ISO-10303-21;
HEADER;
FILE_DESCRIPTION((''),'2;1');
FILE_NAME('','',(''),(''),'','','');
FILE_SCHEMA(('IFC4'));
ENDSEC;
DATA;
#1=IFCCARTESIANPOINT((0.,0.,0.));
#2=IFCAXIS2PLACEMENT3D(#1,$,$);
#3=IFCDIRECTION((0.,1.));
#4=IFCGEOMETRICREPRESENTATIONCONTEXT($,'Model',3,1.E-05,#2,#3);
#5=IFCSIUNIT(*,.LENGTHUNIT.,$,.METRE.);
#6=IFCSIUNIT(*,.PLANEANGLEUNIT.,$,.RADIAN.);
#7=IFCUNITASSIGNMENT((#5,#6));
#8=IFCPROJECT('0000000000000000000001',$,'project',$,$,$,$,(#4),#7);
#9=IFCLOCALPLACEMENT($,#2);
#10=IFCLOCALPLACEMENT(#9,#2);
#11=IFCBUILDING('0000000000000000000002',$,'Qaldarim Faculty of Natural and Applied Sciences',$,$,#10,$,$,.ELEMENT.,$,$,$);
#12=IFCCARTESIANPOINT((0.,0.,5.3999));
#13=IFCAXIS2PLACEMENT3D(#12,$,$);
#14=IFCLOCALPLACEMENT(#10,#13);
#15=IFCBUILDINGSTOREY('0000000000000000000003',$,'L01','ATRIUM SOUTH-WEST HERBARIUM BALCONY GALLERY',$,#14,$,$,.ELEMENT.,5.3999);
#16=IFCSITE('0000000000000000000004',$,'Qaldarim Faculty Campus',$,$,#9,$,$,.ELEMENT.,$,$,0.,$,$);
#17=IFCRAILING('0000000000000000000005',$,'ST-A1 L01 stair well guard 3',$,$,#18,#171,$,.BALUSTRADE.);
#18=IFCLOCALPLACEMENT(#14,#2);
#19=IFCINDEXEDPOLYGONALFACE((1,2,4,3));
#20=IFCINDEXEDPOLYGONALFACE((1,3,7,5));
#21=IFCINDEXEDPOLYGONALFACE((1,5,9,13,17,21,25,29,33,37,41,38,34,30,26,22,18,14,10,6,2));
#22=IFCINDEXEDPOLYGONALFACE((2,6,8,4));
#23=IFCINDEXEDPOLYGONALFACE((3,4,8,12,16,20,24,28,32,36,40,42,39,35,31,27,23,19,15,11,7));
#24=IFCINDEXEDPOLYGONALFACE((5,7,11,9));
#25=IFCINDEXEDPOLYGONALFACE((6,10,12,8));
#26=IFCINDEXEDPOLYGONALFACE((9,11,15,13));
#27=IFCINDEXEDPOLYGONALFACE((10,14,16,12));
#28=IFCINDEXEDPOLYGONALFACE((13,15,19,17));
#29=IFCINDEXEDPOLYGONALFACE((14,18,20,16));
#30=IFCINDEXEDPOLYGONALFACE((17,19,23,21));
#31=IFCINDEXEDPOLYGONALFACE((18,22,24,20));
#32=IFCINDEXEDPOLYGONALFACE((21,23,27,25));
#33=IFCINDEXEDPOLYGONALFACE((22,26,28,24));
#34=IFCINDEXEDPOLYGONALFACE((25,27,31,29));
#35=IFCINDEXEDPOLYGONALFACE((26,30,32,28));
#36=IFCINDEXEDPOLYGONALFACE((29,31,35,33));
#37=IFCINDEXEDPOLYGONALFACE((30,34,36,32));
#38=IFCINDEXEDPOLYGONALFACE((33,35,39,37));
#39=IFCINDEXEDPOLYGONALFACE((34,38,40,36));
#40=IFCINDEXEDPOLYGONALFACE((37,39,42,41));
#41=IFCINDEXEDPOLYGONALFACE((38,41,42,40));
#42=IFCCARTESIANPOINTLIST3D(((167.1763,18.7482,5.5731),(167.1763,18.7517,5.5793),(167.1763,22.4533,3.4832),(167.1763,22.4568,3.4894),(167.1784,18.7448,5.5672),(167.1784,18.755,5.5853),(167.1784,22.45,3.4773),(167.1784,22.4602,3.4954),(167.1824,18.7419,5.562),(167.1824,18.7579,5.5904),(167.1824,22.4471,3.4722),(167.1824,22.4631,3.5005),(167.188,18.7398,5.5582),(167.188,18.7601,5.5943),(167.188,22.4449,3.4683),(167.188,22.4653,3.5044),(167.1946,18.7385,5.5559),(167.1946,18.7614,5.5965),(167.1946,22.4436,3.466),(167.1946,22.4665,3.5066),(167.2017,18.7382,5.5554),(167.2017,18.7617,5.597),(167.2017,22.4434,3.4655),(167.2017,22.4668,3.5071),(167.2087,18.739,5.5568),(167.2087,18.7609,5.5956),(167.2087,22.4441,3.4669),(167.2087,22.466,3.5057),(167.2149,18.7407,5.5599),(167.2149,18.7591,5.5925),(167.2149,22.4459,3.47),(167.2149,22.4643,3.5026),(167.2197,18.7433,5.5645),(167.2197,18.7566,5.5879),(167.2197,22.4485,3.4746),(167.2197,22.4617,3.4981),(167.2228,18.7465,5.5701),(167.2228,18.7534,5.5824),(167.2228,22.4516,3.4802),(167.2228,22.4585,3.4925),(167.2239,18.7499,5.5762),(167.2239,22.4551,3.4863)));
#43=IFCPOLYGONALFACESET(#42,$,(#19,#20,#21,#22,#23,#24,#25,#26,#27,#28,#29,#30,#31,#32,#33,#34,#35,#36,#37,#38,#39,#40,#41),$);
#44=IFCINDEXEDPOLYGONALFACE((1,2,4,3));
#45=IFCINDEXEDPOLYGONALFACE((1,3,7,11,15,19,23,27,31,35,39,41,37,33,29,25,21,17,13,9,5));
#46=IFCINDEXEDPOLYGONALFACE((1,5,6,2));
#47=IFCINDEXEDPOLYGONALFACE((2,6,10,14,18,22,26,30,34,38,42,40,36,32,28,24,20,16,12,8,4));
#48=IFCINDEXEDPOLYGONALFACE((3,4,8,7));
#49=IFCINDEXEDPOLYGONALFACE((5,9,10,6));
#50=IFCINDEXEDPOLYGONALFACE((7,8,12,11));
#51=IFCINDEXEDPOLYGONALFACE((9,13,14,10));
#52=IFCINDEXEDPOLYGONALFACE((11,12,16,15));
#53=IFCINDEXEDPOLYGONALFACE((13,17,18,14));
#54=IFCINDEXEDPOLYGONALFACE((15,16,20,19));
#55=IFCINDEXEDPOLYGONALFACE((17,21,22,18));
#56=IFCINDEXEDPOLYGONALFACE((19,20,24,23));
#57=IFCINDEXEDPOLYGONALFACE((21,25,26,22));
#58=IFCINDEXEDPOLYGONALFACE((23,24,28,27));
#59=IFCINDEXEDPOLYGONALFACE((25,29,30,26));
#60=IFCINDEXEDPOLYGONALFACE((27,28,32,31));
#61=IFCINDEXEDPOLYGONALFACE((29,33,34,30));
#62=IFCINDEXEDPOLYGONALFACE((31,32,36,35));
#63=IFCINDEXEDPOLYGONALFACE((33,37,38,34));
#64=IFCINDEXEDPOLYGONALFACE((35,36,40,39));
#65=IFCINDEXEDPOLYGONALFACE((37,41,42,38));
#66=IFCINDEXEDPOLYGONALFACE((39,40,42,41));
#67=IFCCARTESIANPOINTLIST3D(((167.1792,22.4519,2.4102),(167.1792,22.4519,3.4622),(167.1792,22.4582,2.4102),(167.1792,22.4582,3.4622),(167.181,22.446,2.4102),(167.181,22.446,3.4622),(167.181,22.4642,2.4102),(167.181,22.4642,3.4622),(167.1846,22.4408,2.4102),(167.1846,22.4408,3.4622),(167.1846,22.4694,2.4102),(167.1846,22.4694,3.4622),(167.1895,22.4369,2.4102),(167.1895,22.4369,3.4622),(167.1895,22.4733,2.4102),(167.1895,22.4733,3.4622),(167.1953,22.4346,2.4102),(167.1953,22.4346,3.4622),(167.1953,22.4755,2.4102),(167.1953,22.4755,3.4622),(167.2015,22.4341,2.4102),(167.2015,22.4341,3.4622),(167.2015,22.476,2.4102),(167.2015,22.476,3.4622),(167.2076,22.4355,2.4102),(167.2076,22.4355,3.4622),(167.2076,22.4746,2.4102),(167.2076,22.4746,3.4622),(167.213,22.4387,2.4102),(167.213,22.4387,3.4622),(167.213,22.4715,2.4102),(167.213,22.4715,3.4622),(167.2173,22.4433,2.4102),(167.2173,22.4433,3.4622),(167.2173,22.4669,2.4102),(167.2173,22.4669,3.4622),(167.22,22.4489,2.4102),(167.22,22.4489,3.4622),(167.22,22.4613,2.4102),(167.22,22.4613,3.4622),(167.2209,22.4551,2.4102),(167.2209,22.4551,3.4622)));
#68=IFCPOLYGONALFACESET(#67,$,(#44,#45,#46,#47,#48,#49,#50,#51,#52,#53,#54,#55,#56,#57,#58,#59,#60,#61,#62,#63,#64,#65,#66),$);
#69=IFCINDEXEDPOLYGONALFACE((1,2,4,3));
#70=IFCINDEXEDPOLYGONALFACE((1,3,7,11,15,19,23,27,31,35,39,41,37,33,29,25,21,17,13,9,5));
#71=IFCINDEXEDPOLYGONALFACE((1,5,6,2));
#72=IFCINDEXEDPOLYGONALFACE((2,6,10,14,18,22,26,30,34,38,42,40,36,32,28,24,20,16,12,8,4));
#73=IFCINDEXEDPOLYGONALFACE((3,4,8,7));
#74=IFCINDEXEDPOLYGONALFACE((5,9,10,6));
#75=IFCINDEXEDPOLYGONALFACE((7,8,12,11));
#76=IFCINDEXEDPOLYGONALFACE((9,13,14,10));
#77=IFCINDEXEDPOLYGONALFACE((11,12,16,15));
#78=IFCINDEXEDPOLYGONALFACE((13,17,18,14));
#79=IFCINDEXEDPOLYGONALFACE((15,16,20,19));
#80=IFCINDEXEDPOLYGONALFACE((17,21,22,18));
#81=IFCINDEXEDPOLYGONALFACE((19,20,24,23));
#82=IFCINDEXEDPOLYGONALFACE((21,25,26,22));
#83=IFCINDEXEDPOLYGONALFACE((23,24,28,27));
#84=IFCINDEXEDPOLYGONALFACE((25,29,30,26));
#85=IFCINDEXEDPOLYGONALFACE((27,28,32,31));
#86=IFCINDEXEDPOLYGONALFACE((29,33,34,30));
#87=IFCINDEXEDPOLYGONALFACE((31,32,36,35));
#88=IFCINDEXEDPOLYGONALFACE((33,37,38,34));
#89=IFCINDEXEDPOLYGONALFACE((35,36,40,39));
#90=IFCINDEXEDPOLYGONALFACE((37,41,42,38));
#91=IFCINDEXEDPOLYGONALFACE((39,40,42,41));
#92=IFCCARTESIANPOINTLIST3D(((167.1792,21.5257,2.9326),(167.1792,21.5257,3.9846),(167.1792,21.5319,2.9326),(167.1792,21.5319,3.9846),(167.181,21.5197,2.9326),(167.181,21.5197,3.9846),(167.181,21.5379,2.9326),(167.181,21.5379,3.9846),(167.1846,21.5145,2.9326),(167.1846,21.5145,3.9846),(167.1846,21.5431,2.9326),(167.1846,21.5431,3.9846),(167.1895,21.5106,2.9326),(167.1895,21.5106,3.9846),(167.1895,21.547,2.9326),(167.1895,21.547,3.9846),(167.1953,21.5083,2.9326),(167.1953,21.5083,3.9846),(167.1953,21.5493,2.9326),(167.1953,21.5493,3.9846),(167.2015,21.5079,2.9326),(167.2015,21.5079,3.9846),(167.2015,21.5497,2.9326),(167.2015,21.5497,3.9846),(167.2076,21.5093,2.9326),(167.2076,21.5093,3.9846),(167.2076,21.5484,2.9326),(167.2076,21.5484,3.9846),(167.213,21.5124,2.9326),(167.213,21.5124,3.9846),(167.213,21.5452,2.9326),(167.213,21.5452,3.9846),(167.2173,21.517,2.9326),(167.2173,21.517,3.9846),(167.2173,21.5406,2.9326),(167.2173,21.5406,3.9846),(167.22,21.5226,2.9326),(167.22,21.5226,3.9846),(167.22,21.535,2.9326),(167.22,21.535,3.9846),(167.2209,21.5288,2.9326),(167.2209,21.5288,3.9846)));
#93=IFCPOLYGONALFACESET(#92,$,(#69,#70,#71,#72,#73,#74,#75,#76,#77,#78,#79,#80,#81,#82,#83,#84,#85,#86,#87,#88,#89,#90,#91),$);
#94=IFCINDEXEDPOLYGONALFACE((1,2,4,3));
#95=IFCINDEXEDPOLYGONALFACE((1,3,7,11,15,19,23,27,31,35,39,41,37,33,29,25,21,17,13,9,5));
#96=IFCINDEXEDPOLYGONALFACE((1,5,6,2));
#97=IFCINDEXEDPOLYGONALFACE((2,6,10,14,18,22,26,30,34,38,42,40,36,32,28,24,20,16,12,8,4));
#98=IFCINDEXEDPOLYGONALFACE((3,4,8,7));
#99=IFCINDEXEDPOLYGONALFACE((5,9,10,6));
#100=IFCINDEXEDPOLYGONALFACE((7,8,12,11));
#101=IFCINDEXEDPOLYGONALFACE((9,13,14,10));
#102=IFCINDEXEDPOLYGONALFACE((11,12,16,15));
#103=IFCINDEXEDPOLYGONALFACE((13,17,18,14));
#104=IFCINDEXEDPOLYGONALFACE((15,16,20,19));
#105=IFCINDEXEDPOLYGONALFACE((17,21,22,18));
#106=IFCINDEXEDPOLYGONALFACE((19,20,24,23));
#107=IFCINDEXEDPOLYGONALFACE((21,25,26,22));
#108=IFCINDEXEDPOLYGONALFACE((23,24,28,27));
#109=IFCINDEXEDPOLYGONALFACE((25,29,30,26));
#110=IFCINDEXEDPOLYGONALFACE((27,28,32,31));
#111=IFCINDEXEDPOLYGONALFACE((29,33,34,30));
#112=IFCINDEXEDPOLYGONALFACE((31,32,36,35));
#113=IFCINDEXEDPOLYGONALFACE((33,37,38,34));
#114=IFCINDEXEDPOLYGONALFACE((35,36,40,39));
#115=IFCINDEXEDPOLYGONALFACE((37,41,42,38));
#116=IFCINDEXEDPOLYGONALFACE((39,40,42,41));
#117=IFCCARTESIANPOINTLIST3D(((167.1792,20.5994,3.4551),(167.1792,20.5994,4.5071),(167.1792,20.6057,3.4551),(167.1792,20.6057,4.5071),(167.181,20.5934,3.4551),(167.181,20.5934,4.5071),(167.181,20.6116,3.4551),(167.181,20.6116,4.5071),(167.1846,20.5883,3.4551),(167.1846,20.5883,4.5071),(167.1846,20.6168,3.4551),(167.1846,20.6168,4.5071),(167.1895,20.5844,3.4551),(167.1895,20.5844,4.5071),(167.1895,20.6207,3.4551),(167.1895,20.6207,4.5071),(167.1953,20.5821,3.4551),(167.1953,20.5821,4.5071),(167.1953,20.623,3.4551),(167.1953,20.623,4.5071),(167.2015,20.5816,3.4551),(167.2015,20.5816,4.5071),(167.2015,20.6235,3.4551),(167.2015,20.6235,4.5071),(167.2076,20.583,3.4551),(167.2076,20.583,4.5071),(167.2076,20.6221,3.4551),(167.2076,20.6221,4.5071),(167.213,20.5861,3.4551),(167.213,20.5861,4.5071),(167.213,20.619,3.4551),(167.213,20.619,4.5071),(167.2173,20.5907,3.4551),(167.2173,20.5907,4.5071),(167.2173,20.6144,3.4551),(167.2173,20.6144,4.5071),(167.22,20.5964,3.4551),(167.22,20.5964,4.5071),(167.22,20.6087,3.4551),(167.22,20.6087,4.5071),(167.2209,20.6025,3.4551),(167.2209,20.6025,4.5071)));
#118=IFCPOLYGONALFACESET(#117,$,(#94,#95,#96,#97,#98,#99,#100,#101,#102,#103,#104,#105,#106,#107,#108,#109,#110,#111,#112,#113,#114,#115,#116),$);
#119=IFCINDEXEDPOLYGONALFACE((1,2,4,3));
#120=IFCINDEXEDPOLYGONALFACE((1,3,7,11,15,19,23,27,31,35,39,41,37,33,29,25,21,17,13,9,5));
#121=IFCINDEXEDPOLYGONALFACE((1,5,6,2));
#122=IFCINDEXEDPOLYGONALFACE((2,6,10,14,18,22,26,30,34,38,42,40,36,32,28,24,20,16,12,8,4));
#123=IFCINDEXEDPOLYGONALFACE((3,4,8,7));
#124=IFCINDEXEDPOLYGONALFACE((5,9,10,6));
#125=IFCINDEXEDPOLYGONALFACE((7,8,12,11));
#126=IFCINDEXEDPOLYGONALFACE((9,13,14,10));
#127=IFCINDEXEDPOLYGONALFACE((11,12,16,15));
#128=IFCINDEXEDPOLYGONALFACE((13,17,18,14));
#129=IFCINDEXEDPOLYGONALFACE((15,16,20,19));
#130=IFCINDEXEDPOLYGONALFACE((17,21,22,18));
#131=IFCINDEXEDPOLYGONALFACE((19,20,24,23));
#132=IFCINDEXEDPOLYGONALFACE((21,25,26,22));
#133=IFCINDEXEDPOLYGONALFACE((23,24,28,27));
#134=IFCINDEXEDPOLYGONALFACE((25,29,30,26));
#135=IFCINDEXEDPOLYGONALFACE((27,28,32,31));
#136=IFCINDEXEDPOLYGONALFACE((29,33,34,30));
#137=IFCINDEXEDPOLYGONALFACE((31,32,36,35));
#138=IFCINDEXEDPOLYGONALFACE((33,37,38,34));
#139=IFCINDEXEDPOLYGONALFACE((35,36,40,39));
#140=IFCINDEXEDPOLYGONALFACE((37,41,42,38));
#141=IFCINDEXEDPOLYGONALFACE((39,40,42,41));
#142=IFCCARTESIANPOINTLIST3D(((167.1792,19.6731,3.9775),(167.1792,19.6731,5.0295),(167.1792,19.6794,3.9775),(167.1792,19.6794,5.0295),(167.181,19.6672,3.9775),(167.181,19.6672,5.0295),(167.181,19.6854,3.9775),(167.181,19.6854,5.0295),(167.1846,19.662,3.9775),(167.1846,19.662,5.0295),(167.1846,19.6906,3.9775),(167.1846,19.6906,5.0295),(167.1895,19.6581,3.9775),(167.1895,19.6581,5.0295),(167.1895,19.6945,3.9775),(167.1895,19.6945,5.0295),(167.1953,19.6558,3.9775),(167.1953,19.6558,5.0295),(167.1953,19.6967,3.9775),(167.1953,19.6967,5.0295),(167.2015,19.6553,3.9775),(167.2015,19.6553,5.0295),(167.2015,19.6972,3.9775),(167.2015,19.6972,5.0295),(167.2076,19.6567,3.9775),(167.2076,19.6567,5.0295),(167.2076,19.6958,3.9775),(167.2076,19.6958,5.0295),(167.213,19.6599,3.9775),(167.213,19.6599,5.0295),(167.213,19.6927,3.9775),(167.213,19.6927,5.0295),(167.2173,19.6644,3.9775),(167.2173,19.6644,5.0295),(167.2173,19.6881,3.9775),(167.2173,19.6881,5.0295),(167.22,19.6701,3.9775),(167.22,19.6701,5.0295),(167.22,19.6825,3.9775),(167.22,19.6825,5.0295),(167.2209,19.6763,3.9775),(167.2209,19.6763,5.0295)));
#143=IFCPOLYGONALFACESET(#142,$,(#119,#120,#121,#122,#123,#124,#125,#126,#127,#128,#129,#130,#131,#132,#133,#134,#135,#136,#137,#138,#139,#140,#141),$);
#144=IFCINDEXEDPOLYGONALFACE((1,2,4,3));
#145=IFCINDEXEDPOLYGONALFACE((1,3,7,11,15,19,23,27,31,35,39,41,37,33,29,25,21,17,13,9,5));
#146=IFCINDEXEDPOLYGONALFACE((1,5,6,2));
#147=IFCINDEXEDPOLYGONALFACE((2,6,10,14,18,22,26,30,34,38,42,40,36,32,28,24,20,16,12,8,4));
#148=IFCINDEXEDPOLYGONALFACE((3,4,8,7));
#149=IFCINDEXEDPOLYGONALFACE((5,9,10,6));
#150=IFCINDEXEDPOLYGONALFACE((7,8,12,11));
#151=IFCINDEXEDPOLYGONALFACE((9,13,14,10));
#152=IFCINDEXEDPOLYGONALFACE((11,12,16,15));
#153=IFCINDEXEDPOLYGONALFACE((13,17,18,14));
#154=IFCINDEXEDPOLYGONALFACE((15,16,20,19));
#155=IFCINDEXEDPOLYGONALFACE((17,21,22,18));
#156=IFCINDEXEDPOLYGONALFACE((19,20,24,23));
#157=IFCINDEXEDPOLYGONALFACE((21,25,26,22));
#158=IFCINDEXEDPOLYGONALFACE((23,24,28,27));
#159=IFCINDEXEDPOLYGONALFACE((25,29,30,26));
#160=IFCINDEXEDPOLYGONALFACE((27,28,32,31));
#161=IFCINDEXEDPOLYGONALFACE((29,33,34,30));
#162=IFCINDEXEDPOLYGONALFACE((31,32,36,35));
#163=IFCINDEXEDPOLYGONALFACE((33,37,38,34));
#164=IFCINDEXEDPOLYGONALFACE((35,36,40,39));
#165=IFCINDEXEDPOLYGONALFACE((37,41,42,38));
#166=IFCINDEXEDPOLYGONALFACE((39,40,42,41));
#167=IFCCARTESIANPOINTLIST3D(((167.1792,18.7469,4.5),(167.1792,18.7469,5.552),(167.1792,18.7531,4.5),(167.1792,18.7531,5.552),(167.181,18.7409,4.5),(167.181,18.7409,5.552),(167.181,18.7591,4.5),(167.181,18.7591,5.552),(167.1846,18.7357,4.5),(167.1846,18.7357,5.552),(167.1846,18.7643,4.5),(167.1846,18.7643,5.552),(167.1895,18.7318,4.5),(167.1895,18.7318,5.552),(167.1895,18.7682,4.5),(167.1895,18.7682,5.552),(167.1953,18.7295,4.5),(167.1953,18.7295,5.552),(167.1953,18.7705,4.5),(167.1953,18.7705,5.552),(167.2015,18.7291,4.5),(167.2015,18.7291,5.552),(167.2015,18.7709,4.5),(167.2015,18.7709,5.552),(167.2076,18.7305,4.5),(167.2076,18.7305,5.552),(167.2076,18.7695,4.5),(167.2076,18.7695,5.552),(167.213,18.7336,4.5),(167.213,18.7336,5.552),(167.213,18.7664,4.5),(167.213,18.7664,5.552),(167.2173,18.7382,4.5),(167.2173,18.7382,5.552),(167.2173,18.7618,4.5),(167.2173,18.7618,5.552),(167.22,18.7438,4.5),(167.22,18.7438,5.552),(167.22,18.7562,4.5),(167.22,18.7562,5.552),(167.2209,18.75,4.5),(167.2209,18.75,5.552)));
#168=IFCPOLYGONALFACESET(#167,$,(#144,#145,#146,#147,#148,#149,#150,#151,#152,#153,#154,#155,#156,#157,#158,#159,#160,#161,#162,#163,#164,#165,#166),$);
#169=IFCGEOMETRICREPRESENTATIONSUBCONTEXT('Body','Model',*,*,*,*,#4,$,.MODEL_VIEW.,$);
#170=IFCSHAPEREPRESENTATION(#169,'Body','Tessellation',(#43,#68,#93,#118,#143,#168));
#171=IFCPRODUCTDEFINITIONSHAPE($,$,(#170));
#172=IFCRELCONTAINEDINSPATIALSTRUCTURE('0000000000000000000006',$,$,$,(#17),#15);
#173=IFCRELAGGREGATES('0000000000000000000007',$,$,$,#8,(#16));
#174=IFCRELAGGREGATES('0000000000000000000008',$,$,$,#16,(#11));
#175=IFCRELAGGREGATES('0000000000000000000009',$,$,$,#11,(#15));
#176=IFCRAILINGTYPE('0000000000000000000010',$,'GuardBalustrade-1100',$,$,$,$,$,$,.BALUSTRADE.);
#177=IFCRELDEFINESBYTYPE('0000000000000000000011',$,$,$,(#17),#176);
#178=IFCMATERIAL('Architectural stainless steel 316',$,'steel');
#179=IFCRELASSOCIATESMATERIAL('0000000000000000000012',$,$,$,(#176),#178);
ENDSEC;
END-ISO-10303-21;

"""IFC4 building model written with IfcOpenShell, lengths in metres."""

from ifc_helpers import new_model, si_unit, direction, frame, origin, origin_2d, place, context, subcontext, project, spatial, circle, extrude, material, type_object, element, save


model = new_model("IFC4")

# Units and contexts
model_context = context("Model", 3, precision=1e-05, world=origin(), true_north=direction((0.0, 1.0)))
body_context = subcontext(model_context, "Body", "Model", "MODEL_VIEW")
ifc_project = project(units=[si_unit("LENGTHUNIT", "METRE"), si_unit("PLANEANGLEUNIT", "RADIAN")], contexts=[model_context])

# Site, building, storey
site_placement = place(None, origin())
site = spatial("IfcSite", under=ifc_project, at=site_placement, Name="Qaldarim Faculty Campus", CompositionType="ELEMENT", RefElevation=0.0)
building_placement = place(site_placement, origin())
building = spatial("IfcBuilding", under=site, at=building_placement, Name="Qaldarim Faculty of Natural and Applied Sciences", CompositionType="ELEMENT")
storey_placement = place(building_placement, frame((0.0, 0.0, 5.3999)))
storey = spatial("IfcBuildingStorey", under=building, at=storey_placement, Name="L01", Description="ATRIUM SOUTH-WEST HERBARIUM BALCONY GALLERY", CompositionType="ELEMENT", Elevation=5.3999)

# Shared definitions
ifc_material_1 = material(Name="Architectural stainless steel 316", Category="steel")

# Railing
railing_type_1 = type_object("IfcRailingType", Name="GuardBalustrade-1100", PredefinedType="BALUSTRADE", material=ifc_material_1)
railing_1_placement = place(storey_placement, frame((167.2, 22.4551, 2.4102)))
element("IfcRailing", 1, at=railing_1_placement, inside=storey, type_object=railing_type_1, Name="ST-A1 L01 stair well guard 3", PredefinedType="BALUSTRADE", context=body_context, shape_type="SweptSolid", body=[
    extrude(circle(Radius=0.0239, at=origin_2d()), frame((0.0, 0.0, 1.0762), z_axis=(0.0, -0.870999, 0.491285), x_axis=(1.0, 0.0, 0.0)), (0.0, 0.0, 1.0), 4.2539),
    extrude(circle(Radius=0.021, at=origin_2d()), origin(), (0.0, 0.0, 1.0), 1.052),
    extrude(circle(Radius=0.021, at=origin_2d()), frame((0.0, -0.9263, 0.5225)), (0.0, 0.0, 1.0), 1.052),
    extrude(circle(Radius=0.021, at=origin_2d()), frame((0.0, -1.8525, 1.0449)), (0.0, 0.0, 1.0), 1.052),
    extrude(circle(Radius=0.021, at=origin_2d()), frame((0.0, -2.7788, 1.5674)), (0.0, 0.0, 1.0), 1.052),
    extrude(circle(Radius=0.021, at=origin_2d()), frame((0.0, -3.7051, 2.0898)), (0.0, 0.0, 1.0), 1.052),
])

save(model, "model.ifc")
